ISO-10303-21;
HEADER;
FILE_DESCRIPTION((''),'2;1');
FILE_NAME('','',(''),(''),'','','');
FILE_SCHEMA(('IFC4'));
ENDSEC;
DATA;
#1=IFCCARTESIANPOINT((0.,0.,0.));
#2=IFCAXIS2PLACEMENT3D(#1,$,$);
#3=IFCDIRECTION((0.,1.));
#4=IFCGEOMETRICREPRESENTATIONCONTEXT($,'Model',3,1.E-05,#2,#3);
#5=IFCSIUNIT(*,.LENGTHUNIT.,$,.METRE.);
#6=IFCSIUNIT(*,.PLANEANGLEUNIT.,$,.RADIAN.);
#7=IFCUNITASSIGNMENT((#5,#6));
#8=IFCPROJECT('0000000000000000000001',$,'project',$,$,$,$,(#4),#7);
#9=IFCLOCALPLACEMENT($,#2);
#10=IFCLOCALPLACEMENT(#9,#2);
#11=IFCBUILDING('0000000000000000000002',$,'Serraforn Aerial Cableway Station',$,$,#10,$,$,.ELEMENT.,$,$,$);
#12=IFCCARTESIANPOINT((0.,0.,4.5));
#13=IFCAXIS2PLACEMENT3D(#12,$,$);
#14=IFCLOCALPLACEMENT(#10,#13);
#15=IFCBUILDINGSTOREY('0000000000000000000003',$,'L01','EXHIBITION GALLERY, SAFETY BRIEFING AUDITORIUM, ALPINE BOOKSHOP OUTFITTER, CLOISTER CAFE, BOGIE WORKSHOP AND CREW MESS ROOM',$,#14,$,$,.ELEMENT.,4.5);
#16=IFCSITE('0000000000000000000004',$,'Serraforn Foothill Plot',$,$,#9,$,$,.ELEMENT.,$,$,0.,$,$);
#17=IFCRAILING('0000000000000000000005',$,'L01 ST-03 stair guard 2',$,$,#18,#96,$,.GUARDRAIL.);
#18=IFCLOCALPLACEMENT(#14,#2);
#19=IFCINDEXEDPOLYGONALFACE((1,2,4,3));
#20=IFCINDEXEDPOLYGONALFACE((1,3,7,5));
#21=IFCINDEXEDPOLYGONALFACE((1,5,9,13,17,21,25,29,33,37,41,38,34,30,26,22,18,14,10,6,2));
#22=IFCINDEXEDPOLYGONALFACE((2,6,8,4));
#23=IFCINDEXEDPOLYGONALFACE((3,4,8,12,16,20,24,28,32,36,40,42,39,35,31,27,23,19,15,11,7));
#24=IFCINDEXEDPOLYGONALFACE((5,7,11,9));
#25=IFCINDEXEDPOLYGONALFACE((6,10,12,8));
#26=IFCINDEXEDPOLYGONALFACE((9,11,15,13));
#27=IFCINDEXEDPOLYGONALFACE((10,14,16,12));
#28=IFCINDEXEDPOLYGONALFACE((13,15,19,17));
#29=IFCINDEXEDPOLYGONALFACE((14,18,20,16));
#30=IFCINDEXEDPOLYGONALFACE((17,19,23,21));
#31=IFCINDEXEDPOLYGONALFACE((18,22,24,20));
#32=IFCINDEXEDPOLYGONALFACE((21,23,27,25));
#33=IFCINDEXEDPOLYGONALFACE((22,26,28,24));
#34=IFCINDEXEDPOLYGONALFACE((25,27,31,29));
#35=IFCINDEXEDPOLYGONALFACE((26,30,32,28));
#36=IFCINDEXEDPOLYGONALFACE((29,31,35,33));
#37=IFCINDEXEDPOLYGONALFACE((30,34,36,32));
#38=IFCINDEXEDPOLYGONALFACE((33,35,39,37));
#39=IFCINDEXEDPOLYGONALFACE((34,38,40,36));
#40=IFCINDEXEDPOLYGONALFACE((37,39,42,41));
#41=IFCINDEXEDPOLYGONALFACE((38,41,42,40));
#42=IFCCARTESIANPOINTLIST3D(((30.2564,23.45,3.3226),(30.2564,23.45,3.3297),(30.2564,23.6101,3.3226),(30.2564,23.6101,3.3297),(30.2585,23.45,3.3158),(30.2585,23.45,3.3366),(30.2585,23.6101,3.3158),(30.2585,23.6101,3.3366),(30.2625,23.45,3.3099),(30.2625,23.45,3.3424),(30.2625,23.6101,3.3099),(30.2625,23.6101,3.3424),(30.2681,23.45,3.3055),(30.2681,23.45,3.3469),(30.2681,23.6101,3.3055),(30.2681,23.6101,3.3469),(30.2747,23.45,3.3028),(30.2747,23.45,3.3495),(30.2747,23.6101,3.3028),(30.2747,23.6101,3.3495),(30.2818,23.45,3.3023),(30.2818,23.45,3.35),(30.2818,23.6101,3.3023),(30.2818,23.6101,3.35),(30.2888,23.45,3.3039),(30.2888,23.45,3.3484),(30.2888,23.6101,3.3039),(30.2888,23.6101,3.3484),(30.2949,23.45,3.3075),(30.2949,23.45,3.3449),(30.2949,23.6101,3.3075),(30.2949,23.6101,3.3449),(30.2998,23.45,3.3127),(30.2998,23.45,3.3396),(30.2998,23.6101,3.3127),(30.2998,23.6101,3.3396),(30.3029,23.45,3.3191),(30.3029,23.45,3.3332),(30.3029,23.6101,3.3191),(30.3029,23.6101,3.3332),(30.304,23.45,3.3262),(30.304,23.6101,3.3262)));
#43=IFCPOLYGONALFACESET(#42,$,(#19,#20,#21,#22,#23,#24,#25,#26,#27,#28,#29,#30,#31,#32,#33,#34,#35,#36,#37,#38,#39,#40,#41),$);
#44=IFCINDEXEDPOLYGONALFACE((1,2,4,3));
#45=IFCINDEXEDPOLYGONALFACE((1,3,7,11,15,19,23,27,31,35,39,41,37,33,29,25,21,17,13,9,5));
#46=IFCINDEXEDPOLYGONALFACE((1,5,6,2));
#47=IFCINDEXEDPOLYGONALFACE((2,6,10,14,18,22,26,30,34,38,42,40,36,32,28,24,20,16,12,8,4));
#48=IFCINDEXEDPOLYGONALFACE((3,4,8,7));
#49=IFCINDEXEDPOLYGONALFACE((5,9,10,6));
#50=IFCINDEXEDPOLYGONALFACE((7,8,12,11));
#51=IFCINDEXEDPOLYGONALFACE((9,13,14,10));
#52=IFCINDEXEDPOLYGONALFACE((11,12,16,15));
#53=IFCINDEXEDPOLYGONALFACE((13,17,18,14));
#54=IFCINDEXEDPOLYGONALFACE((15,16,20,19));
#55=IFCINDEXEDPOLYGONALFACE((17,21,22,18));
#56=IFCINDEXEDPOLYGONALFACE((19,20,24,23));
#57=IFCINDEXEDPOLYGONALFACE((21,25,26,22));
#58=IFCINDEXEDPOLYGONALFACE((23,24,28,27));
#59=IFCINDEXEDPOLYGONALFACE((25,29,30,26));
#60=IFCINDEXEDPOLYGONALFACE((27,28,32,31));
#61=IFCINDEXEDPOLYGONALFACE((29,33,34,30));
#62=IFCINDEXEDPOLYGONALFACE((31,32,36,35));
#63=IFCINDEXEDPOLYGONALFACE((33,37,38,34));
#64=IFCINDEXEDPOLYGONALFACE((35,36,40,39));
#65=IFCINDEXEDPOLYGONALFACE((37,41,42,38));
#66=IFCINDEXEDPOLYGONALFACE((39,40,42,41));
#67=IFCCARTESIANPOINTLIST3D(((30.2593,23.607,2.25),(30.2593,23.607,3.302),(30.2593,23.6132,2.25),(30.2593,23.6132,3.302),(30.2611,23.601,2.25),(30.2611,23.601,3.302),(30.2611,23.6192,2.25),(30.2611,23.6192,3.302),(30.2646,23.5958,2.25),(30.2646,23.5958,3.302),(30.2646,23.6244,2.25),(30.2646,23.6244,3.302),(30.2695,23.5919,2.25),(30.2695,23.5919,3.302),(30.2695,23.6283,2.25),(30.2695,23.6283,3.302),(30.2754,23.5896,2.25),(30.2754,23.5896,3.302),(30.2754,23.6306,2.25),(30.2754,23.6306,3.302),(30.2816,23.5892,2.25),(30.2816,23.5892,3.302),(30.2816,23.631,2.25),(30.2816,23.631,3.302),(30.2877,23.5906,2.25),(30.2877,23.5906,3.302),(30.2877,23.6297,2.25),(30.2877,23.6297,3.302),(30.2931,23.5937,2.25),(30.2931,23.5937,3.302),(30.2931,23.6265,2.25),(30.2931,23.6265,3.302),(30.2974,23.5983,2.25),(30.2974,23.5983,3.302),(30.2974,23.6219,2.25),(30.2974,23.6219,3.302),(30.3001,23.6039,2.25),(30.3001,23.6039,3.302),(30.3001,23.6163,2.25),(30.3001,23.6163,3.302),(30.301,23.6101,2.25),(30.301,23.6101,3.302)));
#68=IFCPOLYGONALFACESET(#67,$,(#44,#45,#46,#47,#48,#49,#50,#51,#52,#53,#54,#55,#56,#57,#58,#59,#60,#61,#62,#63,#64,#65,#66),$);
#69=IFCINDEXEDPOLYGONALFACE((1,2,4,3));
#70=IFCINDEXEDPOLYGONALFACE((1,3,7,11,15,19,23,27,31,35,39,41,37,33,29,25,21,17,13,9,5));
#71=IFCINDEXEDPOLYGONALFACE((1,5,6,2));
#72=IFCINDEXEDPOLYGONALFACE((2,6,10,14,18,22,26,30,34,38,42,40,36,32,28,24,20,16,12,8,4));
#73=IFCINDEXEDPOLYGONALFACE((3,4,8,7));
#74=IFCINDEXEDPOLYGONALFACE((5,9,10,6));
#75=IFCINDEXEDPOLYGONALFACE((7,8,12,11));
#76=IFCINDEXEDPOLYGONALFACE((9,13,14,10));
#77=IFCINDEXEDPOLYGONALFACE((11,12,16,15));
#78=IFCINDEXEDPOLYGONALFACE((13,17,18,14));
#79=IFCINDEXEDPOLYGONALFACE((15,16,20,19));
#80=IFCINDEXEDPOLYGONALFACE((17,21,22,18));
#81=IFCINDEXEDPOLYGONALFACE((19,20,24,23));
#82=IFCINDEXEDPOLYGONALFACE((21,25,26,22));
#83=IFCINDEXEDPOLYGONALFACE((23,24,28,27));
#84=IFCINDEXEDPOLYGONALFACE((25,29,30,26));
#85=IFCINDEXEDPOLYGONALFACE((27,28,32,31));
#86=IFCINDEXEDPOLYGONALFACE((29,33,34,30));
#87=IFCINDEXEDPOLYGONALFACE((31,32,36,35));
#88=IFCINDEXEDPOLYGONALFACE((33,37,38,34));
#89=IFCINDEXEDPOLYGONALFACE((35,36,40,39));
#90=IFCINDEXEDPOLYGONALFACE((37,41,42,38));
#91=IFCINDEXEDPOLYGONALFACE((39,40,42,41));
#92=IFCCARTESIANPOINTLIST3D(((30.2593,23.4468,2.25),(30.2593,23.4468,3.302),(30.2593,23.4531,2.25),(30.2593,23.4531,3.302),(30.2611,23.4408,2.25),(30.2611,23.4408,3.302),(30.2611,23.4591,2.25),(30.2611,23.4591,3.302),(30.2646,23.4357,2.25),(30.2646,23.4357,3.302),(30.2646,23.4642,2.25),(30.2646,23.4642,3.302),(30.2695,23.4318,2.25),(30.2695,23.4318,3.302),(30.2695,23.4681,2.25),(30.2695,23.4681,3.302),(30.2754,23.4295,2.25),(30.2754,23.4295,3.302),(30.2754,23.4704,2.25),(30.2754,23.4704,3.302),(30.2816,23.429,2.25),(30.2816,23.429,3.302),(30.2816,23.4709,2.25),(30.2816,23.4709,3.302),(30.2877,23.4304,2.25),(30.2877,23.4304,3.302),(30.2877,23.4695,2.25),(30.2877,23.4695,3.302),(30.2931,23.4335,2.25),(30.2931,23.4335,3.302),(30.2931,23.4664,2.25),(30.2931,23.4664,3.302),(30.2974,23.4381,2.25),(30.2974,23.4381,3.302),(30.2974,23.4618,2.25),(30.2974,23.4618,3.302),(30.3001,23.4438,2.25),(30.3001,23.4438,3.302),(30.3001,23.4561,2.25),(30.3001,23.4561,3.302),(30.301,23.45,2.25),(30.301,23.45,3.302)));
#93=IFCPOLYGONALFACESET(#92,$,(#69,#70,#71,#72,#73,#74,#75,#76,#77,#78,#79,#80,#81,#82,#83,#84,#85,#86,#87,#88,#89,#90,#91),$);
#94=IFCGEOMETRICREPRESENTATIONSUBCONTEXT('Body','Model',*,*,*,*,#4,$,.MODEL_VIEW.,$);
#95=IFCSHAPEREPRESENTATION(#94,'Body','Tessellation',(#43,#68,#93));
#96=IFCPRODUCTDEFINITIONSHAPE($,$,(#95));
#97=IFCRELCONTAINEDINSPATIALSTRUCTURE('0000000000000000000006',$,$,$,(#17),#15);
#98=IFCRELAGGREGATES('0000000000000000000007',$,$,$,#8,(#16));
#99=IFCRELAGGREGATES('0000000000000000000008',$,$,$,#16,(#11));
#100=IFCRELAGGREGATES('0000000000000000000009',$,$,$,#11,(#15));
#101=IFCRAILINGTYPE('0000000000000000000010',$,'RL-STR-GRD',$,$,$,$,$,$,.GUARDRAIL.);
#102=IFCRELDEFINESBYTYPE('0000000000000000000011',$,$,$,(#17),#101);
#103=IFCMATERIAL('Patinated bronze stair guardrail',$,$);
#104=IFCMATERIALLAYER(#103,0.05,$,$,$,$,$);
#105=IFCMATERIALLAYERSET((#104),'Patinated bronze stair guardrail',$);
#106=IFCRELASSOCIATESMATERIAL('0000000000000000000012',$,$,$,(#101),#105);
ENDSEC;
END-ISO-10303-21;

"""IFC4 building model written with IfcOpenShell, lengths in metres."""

from ifc_helpers import new_model, si_unit, direction, frame, origin, origin_2d, place, context, subcontext, project, spatial, circle, extrude, material, layer, layer_set, type_object, element, save


model = new_model("IFC4")

# Units and contexts
model_context = context("Model", 3, precision=1e-05, world=origin(), true_north=direction((0.0, 1.0)))
body_context = subcontext(model_context, "Body", "Model", "MODEL_VIEW")
ifc_project = project(units=[si_unit("LENGTHUNIT", "METRE"), si_unit("PLANEANGLEUNIT", "RADIAN")], contexts=[model_context])

# Site, building, storey
site_placement = place(None, origin())
site = spatial("IfcSite", under=ifc_project, at=site_placement, Name="Serraforn Foothill Plot", CompositionType="ELEMENT", RefElevation=0.0)
building_placement = place(site_placement, origin())
building = spatial("IfcBuilding", under=site, at=building_placement, Name="Serraforn Aerial Cableway Station", CompositionType="ELEMENT")
storey_placement = place(building_placement, frame((0.0, 0.0, 4.5)))
storey = spatial("IfcBuildingStorey", under=building, at=storey_placement, Name="L01", Description="EXHIBITION GALLERY, SAFETY BRIEFING AUDITORIUM, ALPINE BOOKSHOP OUTFITTER, CLOISTER CAFE, BOGIE WORKSHOP AND CREW MESS ROOM", CompositionType="ELEMENT", Elevation=4.5)

# Railing
ifc_material_1 = material(Name="Patinated bronze stair guardrail")
ifc_layer_1 = layer(ifc_material_1, 0.05)
ifc_layer_set_1 = layer_set([ifc_layer_1], Name="Patinated bronze stair guardrail")
railing_type_1 = type_object("IfcRailingType", Name="RL-STR-GRD", PredefinedType="GUARDRAIL", material=ifc_layer_set_1)
railing_1_placement = place(storey_placement, frame((30.28, 23.6101, 2.25)))
element("IfcRailing", 1, at=railing_1_placement, inside=storey, type_object=railing_type_1, Name="L01 ST-03 stair guard 2", PredefinedType="GUARDRAIL", context=body_context, shape_type="SweptSolid", body=[
    extrude(circle(Radius=0.0239, at=origin_2d()), frame((0.0, 0.0, 1.0762), z_axis=(0.0, -1.0, 0.0), x_axis=(1.0, 0.0, 0.0)), (0.0, 0.0, 1.0), 0.1602),
    extrude(circle(Radius=0.021, at=origin_2d()), origin(), (0.0, 0.0, 1.0), 1.052),
    extrude(circle(Radius=0.021, at=origin_2d()), frame((0.0, -0.1602, 0.0)), (0.0, 0.0, 1.0), 1.052),
])

save(model, "model.ifc")
